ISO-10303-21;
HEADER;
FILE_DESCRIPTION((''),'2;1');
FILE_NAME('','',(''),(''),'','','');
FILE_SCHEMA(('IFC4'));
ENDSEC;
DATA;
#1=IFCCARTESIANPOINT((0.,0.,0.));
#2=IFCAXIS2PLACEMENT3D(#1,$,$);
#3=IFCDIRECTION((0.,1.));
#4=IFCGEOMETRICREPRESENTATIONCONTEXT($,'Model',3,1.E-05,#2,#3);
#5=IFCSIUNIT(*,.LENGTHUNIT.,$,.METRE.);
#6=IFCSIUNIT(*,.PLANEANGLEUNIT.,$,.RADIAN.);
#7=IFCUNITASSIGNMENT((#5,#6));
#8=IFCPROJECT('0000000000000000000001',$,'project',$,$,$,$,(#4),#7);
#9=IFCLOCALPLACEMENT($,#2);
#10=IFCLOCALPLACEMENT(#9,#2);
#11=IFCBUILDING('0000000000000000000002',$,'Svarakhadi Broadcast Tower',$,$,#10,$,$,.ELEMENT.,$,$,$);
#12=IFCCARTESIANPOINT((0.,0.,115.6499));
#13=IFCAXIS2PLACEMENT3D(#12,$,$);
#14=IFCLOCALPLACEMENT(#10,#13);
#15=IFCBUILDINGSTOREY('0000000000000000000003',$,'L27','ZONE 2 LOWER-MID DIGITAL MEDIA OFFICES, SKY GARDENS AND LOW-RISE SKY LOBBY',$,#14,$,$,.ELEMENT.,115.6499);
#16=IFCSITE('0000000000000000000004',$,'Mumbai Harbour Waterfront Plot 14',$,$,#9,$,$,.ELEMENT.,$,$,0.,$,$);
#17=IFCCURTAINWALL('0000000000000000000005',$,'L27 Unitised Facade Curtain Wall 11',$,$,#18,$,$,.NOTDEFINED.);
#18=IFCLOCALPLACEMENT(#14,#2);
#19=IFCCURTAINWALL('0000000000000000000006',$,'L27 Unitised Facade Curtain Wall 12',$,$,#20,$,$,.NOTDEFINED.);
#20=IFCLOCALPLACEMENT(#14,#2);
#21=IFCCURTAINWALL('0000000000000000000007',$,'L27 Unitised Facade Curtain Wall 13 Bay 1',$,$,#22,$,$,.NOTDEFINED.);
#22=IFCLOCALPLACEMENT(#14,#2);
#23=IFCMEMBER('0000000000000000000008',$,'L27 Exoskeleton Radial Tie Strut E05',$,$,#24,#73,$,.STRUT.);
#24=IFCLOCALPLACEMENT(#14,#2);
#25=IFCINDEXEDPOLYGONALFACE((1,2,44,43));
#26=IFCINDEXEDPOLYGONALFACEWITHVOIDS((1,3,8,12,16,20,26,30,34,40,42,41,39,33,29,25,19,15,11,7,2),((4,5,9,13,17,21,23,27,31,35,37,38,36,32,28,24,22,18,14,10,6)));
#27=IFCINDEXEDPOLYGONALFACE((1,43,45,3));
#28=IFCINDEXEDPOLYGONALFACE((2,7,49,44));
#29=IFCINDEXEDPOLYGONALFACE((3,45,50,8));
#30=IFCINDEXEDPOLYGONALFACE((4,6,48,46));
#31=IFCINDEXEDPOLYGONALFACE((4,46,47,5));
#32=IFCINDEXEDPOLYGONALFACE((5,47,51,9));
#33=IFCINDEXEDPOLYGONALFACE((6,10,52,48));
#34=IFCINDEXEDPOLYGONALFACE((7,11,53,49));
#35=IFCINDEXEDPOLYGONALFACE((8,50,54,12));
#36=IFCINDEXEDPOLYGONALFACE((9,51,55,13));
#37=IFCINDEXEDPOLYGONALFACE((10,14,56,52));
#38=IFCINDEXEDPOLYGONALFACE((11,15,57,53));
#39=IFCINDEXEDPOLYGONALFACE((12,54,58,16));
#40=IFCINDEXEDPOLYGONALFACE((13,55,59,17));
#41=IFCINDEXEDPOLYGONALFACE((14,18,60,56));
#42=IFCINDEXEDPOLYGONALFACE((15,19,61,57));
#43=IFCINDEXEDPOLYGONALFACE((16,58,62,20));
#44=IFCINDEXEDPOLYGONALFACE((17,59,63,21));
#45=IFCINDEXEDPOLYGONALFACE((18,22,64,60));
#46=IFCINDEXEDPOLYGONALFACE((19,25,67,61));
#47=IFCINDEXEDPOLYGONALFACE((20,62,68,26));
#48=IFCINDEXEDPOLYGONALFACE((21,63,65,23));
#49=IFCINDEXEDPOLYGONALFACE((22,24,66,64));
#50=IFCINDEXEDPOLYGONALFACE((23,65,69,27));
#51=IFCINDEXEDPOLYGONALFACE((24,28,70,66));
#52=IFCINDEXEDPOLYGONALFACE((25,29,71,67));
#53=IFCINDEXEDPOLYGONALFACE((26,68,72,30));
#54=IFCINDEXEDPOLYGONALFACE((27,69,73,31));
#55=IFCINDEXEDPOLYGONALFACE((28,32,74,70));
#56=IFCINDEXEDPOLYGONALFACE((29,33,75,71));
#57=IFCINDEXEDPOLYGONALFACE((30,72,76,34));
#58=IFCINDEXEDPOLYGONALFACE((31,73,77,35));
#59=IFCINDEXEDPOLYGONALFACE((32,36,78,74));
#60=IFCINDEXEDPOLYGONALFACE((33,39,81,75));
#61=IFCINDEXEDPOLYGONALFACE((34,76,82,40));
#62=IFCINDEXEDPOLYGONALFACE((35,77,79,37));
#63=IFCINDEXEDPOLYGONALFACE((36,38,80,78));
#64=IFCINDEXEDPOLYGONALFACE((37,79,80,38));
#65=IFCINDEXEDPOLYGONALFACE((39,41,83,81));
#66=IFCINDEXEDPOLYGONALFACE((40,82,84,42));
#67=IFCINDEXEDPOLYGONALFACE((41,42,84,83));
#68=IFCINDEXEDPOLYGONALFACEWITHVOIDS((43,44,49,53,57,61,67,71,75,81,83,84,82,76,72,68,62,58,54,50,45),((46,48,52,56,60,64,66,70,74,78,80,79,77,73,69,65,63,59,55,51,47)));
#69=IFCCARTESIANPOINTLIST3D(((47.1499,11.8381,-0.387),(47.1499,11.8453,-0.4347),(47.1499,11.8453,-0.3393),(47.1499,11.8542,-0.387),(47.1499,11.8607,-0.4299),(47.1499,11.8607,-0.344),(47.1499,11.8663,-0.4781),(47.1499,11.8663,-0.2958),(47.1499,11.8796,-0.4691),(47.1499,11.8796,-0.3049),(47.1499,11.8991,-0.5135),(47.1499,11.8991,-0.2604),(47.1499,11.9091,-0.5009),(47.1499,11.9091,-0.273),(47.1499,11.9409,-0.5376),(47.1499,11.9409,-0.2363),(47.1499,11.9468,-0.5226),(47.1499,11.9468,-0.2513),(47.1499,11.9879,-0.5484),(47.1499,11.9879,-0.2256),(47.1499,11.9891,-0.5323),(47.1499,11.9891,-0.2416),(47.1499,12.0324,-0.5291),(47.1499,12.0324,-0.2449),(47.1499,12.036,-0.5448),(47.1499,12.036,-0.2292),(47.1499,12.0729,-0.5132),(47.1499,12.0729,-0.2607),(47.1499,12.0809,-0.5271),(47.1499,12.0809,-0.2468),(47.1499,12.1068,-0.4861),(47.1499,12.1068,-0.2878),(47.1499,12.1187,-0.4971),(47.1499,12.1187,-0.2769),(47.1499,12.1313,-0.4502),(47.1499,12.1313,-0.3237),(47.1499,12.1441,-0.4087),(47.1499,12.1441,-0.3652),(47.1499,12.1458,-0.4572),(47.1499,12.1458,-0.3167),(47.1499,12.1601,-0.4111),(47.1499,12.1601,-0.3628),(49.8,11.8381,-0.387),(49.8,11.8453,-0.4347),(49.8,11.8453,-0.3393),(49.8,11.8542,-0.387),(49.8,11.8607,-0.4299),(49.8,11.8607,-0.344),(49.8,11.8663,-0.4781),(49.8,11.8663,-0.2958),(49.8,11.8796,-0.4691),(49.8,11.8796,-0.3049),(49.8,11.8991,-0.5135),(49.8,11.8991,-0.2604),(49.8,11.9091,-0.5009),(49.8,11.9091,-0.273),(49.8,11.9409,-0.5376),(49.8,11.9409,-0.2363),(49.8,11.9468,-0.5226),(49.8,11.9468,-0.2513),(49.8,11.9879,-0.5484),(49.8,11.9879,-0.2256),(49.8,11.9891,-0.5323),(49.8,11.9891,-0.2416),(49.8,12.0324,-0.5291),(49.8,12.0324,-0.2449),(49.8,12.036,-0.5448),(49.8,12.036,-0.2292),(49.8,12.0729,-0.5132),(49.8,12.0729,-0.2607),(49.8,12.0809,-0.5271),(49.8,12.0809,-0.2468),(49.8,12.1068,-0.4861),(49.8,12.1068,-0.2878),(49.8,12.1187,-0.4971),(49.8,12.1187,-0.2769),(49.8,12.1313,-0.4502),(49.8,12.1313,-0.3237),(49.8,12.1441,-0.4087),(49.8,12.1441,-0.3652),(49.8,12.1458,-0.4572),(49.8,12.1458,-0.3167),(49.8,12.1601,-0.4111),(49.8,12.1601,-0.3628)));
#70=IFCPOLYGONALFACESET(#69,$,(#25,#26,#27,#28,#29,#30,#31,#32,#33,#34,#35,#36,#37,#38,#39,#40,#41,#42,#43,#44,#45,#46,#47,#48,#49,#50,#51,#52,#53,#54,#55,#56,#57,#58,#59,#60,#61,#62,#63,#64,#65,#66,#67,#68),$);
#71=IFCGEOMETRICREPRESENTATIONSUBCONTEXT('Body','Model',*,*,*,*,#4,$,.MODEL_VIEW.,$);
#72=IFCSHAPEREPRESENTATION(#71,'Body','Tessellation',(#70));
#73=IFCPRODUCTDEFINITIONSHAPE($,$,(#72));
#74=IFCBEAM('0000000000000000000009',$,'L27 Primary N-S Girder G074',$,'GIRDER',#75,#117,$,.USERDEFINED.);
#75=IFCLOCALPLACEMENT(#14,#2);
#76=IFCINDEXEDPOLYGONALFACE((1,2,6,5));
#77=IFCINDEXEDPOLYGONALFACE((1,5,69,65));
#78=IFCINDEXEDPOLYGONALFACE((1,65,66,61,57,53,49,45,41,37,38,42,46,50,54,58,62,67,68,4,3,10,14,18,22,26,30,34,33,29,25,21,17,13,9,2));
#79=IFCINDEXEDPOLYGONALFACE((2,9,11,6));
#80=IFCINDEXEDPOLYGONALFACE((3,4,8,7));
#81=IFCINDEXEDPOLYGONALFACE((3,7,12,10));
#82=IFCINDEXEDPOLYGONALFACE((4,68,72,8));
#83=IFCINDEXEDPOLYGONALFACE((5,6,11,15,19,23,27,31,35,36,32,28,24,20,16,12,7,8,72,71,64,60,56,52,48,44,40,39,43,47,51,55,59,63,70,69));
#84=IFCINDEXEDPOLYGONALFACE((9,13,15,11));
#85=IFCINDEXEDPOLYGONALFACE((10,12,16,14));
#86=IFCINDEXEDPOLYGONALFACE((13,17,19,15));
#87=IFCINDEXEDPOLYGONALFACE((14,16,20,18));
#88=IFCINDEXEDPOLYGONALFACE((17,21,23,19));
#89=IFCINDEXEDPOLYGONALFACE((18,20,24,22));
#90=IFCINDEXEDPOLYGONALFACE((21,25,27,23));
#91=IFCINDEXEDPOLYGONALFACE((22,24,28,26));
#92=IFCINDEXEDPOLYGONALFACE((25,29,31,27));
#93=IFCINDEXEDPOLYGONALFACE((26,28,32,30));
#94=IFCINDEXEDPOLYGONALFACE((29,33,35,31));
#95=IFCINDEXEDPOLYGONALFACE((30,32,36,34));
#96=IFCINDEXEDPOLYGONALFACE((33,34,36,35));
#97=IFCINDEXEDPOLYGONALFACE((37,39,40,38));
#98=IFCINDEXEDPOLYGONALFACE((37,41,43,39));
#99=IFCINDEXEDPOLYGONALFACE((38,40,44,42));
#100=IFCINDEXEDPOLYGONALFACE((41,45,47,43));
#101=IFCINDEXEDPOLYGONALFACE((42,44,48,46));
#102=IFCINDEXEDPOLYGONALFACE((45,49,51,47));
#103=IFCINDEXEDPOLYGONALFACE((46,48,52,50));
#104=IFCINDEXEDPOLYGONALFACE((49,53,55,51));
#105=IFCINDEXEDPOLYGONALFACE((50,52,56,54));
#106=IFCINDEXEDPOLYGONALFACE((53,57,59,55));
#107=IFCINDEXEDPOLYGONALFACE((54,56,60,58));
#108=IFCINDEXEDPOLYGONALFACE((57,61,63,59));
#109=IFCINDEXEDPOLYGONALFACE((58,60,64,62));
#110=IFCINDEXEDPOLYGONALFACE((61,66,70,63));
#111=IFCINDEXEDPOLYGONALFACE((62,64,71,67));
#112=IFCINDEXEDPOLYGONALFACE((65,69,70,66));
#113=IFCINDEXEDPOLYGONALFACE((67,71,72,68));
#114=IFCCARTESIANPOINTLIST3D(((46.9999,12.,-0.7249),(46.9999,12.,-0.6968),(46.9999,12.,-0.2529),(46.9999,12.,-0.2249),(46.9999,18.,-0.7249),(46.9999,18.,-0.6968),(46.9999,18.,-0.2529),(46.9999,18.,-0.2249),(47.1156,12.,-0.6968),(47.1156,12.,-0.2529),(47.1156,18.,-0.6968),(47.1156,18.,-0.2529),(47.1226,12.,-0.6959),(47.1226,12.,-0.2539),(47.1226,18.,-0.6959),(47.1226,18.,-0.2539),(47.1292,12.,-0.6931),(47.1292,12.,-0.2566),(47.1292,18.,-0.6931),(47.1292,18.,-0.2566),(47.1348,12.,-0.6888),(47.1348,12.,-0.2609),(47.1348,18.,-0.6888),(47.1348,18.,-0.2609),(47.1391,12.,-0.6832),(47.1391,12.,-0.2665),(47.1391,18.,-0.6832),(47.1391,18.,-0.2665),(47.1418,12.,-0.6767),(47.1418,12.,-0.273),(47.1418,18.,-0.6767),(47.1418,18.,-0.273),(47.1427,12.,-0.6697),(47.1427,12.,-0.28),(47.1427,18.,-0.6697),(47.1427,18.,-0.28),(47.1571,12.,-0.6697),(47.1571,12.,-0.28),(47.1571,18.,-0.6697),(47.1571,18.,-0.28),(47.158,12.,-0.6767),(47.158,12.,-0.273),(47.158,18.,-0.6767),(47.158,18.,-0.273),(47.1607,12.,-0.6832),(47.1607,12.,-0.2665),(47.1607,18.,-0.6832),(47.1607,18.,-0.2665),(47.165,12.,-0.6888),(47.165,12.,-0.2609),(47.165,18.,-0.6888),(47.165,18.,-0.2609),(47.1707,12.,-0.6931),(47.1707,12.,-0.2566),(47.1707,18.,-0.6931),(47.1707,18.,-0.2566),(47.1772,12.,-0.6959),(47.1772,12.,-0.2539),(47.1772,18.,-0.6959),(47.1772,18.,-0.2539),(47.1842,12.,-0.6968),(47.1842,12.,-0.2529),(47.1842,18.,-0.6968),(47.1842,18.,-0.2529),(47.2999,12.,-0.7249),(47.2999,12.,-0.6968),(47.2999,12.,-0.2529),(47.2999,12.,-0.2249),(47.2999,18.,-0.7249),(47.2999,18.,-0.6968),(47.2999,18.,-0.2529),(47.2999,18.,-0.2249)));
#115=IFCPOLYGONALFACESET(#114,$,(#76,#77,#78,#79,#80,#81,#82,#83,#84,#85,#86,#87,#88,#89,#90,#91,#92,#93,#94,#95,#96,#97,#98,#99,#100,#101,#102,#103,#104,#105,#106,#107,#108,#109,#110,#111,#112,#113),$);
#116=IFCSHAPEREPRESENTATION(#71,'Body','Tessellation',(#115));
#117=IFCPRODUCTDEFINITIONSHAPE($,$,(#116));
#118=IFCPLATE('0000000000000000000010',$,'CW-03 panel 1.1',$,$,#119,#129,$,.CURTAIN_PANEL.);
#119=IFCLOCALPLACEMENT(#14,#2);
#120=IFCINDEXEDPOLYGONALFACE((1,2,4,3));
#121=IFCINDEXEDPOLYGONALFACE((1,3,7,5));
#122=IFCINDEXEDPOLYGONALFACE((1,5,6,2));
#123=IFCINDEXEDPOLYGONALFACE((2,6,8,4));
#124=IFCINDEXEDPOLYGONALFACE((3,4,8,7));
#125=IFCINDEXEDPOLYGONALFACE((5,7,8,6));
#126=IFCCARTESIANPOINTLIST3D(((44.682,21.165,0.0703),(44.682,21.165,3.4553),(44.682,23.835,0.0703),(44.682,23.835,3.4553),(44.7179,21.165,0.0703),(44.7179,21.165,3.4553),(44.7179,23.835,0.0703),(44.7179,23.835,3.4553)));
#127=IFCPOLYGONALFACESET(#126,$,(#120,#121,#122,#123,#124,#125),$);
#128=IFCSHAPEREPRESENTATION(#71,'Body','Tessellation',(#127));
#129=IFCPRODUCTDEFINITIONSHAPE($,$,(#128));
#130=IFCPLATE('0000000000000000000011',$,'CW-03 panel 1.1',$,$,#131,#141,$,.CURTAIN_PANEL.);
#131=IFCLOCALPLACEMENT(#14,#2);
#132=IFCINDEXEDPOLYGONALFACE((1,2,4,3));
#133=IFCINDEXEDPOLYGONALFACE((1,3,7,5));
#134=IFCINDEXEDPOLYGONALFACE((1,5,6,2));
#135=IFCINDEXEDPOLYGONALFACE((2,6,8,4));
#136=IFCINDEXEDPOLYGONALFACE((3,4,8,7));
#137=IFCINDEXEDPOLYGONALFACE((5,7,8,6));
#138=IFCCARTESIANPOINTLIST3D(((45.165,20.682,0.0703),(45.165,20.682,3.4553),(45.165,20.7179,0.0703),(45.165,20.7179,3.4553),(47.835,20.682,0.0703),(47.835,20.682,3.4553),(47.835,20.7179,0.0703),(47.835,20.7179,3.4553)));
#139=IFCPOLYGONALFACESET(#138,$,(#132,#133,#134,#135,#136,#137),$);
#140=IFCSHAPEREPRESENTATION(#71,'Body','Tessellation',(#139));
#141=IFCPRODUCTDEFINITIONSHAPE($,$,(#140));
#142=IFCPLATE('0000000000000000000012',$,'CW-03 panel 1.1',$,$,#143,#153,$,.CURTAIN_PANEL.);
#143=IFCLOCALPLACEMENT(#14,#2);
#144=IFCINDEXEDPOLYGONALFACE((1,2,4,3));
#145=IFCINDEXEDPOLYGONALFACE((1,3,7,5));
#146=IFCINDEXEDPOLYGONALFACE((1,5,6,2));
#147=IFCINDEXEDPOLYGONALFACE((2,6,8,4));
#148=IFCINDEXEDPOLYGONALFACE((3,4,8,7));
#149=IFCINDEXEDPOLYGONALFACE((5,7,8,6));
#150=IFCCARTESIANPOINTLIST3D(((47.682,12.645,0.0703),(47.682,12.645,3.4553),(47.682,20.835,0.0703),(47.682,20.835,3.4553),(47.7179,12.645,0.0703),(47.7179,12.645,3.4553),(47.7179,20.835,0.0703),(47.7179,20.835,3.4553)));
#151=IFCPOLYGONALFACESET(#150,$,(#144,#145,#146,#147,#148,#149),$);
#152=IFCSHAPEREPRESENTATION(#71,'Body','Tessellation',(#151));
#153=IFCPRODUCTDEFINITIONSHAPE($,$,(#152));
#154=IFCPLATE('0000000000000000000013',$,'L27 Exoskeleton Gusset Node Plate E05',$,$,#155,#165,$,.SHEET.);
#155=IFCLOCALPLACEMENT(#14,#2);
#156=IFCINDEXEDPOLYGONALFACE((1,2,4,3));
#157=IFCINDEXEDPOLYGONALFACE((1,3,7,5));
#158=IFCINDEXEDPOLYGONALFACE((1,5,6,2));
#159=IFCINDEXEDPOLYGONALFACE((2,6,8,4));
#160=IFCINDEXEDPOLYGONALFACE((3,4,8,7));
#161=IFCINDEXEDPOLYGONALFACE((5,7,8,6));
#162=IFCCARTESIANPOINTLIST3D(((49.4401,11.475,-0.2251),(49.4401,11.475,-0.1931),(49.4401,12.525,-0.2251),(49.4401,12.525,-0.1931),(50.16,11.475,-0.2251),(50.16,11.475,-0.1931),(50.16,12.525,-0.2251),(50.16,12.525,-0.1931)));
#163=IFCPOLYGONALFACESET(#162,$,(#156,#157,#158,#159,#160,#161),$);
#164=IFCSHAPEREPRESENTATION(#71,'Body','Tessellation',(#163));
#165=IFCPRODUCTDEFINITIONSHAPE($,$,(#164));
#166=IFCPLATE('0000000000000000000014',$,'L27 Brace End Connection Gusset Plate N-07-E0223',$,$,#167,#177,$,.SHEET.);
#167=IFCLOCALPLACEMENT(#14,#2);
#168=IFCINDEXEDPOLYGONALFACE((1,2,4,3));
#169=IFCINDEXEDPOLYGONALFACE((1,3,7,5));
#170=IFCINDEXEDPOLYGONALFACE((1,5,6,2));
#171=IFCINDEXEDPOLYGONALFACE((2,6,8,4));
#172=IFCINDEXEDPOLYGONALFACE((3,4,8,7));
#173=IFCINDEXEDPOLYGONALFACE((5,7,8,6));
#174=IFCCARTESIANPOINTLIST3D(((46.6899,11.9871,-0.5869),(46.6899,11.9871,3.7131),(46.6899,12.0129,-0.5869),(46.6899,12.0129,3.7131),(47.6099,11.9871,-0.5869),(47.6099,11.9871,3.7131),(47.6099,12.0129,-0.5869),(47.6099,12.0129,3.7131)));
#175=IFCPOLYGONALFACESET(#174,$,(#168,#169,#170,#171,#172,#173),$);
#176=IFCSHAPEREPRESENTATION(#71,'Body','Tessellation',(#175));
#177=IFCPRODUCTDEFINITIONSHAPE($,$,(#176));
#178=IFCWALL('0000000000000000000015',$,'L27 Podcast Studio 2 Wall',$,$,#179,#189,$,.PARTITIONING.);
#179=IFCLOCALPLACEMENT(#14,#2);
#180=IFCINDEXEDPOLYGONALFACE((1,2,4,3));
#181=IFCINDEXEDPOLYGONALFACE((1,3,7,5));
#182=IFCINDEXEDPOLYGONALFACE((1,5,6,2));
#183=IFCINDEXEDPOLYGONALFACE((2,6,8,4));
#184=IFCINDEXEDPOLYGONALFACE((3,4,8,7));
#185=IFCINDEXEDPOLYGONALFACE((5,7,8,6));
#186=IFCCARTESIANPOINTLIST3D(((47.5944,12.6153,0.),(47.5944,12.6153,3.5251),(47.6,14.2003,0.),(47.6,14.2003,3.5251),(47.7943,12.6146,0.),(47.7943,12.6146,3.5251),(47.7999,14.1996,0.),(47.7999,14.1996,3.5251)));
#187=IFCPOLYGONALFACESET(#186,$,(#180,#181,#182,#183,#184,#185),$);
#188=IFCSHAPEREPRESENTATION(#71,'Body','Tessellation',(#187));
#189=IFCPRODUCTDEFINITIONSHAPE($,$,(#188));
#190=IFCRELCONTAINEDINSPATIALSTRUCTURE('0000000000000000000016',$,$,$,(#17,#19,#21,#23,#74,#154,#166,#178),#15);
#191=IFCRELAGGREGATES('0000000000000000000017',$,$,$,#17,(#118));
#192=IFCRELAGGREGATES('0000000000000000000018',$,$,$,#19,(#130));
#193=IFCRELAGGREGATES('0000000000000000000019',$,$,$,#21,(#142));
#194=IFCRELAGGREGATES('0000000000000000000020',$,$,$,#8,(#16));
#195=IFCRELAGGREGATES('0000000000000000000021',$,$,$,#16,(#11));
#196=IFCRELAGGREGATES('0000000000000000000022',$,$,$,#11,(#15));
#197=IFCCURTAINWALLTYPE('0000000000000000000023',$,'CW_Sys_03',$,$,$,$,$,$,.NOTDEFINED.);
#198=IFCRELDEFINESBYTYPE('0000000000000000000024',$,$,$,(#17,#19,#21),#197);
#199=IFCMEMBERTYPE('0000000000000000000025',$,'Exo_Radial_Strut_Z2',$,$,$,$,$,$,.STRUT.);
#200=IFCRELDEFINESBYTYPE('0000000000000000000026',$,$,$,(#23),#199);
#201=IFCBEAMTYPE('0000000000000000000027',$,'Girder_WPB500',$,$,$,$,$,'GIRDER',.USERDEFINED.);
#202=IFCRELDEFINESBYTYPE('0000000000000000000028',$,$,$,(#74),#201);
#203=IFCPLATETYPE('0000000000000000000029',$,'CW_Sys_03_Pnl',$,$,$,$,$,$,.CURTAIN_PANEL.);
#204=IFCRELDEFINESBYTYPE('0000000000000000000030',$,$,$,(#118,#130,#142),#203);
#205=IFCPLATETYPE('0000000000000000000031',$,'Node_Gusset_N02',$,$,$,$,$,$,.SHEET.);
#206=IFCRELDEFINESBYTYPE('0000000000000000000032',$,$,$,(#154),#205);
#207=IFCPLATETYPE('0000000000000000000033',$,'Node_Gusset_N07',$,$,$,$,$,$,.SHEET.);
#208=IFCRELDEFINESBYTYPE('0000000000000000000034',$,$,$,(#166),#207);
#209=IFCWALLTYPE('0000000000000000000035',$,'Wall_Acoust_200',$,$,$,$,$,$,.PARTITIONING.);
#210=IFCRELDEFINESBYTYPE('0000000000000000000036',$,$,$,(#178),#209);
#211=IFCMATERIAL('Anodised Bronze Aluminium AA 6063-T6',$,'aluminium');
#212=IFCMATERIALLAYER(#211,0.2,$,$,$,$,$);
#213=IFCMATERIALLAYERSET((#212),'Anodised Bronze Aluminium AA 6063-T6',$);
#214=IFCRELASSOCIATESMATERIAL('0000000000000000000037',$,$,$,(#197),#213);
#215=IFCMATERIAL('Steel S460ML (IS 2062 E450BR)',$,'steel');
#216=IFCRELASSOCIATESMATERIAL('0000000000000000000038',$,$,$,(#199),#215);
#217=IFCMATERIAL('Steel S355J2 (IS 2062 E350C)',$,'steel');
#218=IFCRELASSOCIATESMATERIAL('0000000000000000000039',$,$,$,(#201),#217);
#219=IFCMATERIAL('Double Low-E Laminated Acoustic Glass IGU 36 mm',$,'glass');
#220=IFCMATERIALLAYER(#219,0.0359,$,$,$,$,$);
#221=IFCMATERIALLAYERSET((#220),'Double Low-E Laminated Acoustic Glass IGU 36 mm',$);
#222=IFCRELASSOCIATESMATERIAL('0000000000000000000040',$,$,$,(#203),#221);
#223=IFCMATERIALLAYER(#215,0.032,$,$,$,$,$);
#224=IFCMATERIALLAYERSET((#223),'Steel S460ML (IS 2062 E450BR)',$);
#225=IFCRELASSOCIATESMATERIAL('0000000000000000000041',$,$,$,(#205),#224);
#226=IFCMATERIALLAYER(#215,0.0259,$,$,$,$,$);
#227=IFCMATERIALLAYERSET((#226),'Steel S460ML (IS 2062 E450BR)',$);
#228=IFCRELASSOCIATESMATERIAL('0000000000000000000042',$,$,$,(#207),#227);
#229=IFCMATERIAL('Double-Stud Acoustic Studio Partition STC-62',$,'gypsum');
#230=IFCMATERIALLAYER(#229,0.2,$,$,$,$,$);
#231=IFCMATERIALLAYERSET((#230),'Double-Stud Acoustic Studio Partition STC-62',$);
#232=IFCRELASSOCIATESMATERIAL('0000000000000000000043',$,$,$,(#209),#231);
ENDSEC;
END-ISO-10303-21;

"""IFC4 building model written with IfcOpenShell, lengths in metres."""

from ifc_helpers import new_model, si_unit, direction, frame, frame_2d, origin, origin_2d, place, context, subcontext, project, spatial, rectangle, hollow_circle, i_section, extrude, material, layer, layer_set, material_profile, profile_set, type_object, element, aggregate, save


model = new_model("IFC4")

# Units and contexts
model_context = context("Model", 3, precision=1e-05, world=origin(), true_north=direction((0.0, 1.0)))
body_context = subcontext(model_context, "Body", "Model", "MODEL_VIEW")
ifc_project = project(units=[si_unit("LENGTHUNIT", "METRE"), si_unit("PLANEANGLEUNIT", "RADIAN")], contexts=[model_context])

# Site, building, storey
site_placement = place(None, origin())
site = spatial("IfcSite", under=ifc_project, at=site_placement, Name="Mumbai Harbour Waterfront Plot 14", CompositionType="ELEMENT", RefElevation=0.0)
building_placement = place(site_placement, origin())
building = spatial("IfcBuilding", under=site, at=building_placement, Name="Svarakhadi Broadcast Tower", CompositionType="ELEMENT")
storey_placement = place(building_placement, frame((0.0, 0.0, 115.6499)))
storey = spatial("IfcBuildingStorey", under=building, at=storey_placement, Name="L27", Description="ZONE 2 LOWER-MID DIGITAL MEDIA OFFICES, SKY GARDENS AND LOW-RISE SKY LOBBY", CompositionType="ELEMENT", Elevation=115.6499)

# Shared definitions
ifc_material_1 = material(Name="Steel S460ML (IS 2062 E450BR)", Category="steel")

# Shared definitions
ifc_material_2 = material(Name="Steel S355J2 (IS 2062 E350C)", Category="steel")

# Shared definitions
ifc_material_3 = material(Name="Anodised Bronze Aluminium AA 6063-T6", Category="aluminium")
ifc_layer_1 = layer(ifc_material_3, 0.2)
ifc_layer_set_1 = layer_set([ifc_layer_1], Name="Anodised Bronze Aluminium AA 6063-T6")
curtain_wall_type = type_object("IfcCurtainWallType", Name="CW_Sys_03", PredefinedType="NOTDEFINED", material=ifc_layer_set_1)

# Curtain walls
curtain_wall_1_placement = place(storey_placement, origin())
curtain_wall_1 = element("IfcCurtainWall", 1, at=curtain_wall_1_placement, inside=storey, type_object=curtain_wall_type, Name="L27 Unitised Facade Curtain Wall 11", PredefinedType="NOTDEFINED")
curtain_wall_2_placement = place(storey_placement, origin())
curtain_wall_2 = element("IfcCurtainWall", 2, at=curtain_wall_2_placement, inside=storey, type_object=curtain_wall_type, Name="L27 Unitised Facade Curtain Wall 12", PredefinedType="NOTDEFINED")
curtain_wall_3_placement = place(storey_placement, origin())
curtain_wall_3 = element("IfcCurtainWall", 3, at=curtain_wall_3_placement, inside=storey, type_object=curtain_wall_type, Name="L27 Unitised Facade Curtain Wall 13 Bay 1", PredefinedType="NOTDEFINED")

# Member
ifc_material_profile_1 = material_profile(ifc_material_1, hollow_circle(Radius=0.1619, WallThickness=0.0161, at=origin_2d()), Name="CHS 323.9x16")
ifc_profile_set_1 = profile_set([ifc_material_profile_1], Name="Steel S460ML (IS 2062 E450BR)")
member_type_1 = type_object("IfcMemberType", Name="Exo_Radial_Strut_Z2", PredefinedType="STRUT", material=ifc_profile_set_1)
member_1_placement = place(storey_placement, frame((49.8, 12.0, -0.387), z_axis=(-1.0, 0.0, 0.0), x_axis=(0.0, -1.0, 0.0)))
element("IfcMember", 4, at=member_1_placement, inside=storey, type_object=member_type_1, Name="L27 Exoskeleton Radial Tie Strut E05", PredefinedType="STRUT", context=body_context, shape_type="SweptSolid", body=[
    extrude(hollow_circle(Radius=0.1619, WallThickness=0.0161, at=origin_2d()), origin(), (0.0, 0.0, 1.0), 2.6501),
])

# Beam
ifc_material_profile_2 = material_profile(ifc_material_2, i_section(OverallWidth=0.3, OverallDepth=0.5, WebThickness=0.0144, FlangeThickness=0.0281, FilletRadius=0.0271, at=origin_2d()), Name="WPB 500x300x187")
ifc_profile_set_2 = profile_set([ifc_material_profile_2], Name="Steel S355J2 (IS 2062 E350C)")
beam_type_1 = type_object("IfcBeamType", Name="Girder_WPB500", ElementType="GIRDER", PredefinedType="USERDEFINED", material=ifc_profile_set_2)
beam_1_placement = place(storey_placement, frame((47.1499, 12.0, -0.4749), z_axis=(0.0, 1.0, 0.0), x_axis=(-1.0, 0.0, 0.0)))
element("IfcBeam", 5, at=beam_1_placement, inside=storey, type_object=beam_type_1, Name="L27 Primary N-S Girder G074", ObjectType="GIRDER", PredefinedType="USERDEFINED", context=body_context, shape_type="SweptSolid", body=[
    extrude(i_section(OverallWidth=0.3, OverallDepth=0.5, WebThickness=0.0144, FlangeThickness=0.0281, FilletRadius=0.0271, at=origin_2d()), origin(), (0.0, 0.0, 1.0), 6.0),
])

# Plates
ifc_material_4 = material(Name="Double Low-E Laminated Acoustic Glass IGU 36 mm", Category="glass")
ifc_layer_2 = layer(ifc_material_4, 0.0359)
ifc_layer_set_2 = layer_set([ifc_layer_2], Name="Double Low-E Laminated Acoustic Glass IGU 36 mm")
plate_type_1 = type_object("IfcPlateType", Name="CW_Sys_03_Pnl", PredefinedType="CURTAIN_PANEL", material=ifc_layer_set_2)
plate_1_placement = place(storey_placement, frame((44.7, 22.5, 0.0703), z_axis=(0.0, 0.0, 1.0), x_axis=(0.0, -1.0, 0.0)))
plate_1 = element("IfcPlate", 6, at=plate_1_placement, type_object=plate_type_1, Name="CW-03 panel 1.1", PredefinedType="CURTAIN_PANEL", context=body_context, shape_type="SweptSolid", body=[
    extrude(rectangle(XDim=2.6699, YDim=0.0359, at=origin_2d()), origin(), (0.0, 0.0, 1.0), 3.385),
])
aggregate(curtain_wall_1, [plate_1])
plate_2_placement = place(storey_placement, frame((46.5, 20.7, 0.0703), z_axis=(0.0, 0.0, 1.0), x_axis=(1.0, 0.0, 0.0)))
plate_2 = element("IfcPlate", 7, at=plate_2_placement, type_object=plate_type_1, Name="CW-03 panel 1.1", PredefinedType="CURTAIN_PANEL", context=body_context, shape_type="SweptSolid", body=[
    extrude(rectangle(XDim=2.6699, YDim=0.0359, at=origin_2d()), origin(), (0.0, 0.0, 1.0), 3.385),
])
aggregate(curtain_wall_2, [plate_2])
plate_3_placement = place(storey_placement, frame((47.7, 16.74, 0.0703), z_axis=(0.0, 0.0, 1.0), x_axis=(0.0, -1.0, 0.0)))
plate_3 = element("IfcPlate", 8, at=plate_3_placement, type_object=plate_type_1, Name="CW-03 panel 1.1", PredefinedType="CURTAIN_PANEL", context=body_context, shape_type="SweptSolid", body=[
    extrude(rectangle(XDim=8.1899, YDim=0.0359, at=origin_2d()), origin(), (0.0, 0.0, 1.0), 3.385),
])
aggregate(curtain_wall_3, [plate_3])

# Plates
ifc_layer_3 = layer(ifc_material_1, 0.032)
ifc_layer_set_3 = layer_set([ifc_layer_3], Name="Steel S460ML (IS 2062 E450BR)")
plate_type_2 = type_object("IfcPlateType", Name="Node_Gusset_N02", PredefinedType="SHEET", material=ifc_layer_set_3)
plate_4_placement = place(storey_placement, frame((49.8, 12.0, -0.2251), z_axis=(0.0, 0.0, 1.0), x_axis=(0.0, 1.0, 0.0)))
element("IfcPlate", 9, at=plate_4_placement, inside=storey, type_object=plate_type_2, Name="L27 Exoskeleton Gusset Node Plate E05", PredefinedType="SHEET", context=body_context, shape_type="SweptSolid", body=[
    extrude(rectangle(XDim=1.05, YDim=0.72, at=origin_2d()), origin(), (0.0, 0.0, 1.0), 0.032),
])
ifc_layer_4 = layer(ifc_material_1, 0.0259)
ifc_layer_set_4 = layer_set([ifc_layer_4], Name="Steel S460ML (IS 2062 E450BR)")
plate_type_3 = type_object("IfcPlateType", Name="Node_Gusset_N07", PredefinedType="SHEET", material=ifc_layer_set_4)
plate_5_placement = place(storey_placement, frame((47.1499, 12.0, -0.5869), z_axis=(0.0, 0.0, 1.0), x_axis=(1.0, 0.0, 0.0)))
element("IfcPlate", 10, at=plate_5_placement, inside=storey, type_object=plate_type_3, Name="L27 Brace End Connection Gusset Plate N-07-E0223", PredefinedType="SHEET", context=body_context, shape_type="SweptSolid", body=[
    extrude(rectangle(XDim=0.9199, YDim=0.0259, at=origin_2d()), origin(), (0.0, 0.0, 1.0), 4.3),
])

# Wall
ifc_material_5 = material(Name="Double-Stud Acoustic Studio Partition STC-62", Category="gypsum")
ifc_layer_5 = layer(ifc_material_5, 0.2)
ifc_layer_set_5 = layer_set([ifc_layer_5], Name="Double-Stud Acoustic Studio Partition STC-62")
wall_type_1 = type_object("IfcWallType", Name="Wall_Acoust_200", PredefinedType="PARTITIONING", material=ifc_layer_set_5)
wall_1_placement = place(storey_placement, frame((47.6943, 12.615, 0.0), z_axis=(0.0, 0.0, 1.0), x_axis=(0.003543, 0.999994, 0.0)))
element("IfcWall", 11, at=wall_1_placement, inside=storey, type_object=wall_type_1, Name="L27 Podcast Studio 2 Wall", PredefinedType="PARTITIONING", context=body_context, shape_type="SweptSolid", body=[
    extrude(rectangle(XDim=1.585, YDim=0.2, at=frame_2d((0.7925, 0.0))), origin(), (0.0, 0.0, 1.0), 3.5251),
])

save(model, "model.ifc")
